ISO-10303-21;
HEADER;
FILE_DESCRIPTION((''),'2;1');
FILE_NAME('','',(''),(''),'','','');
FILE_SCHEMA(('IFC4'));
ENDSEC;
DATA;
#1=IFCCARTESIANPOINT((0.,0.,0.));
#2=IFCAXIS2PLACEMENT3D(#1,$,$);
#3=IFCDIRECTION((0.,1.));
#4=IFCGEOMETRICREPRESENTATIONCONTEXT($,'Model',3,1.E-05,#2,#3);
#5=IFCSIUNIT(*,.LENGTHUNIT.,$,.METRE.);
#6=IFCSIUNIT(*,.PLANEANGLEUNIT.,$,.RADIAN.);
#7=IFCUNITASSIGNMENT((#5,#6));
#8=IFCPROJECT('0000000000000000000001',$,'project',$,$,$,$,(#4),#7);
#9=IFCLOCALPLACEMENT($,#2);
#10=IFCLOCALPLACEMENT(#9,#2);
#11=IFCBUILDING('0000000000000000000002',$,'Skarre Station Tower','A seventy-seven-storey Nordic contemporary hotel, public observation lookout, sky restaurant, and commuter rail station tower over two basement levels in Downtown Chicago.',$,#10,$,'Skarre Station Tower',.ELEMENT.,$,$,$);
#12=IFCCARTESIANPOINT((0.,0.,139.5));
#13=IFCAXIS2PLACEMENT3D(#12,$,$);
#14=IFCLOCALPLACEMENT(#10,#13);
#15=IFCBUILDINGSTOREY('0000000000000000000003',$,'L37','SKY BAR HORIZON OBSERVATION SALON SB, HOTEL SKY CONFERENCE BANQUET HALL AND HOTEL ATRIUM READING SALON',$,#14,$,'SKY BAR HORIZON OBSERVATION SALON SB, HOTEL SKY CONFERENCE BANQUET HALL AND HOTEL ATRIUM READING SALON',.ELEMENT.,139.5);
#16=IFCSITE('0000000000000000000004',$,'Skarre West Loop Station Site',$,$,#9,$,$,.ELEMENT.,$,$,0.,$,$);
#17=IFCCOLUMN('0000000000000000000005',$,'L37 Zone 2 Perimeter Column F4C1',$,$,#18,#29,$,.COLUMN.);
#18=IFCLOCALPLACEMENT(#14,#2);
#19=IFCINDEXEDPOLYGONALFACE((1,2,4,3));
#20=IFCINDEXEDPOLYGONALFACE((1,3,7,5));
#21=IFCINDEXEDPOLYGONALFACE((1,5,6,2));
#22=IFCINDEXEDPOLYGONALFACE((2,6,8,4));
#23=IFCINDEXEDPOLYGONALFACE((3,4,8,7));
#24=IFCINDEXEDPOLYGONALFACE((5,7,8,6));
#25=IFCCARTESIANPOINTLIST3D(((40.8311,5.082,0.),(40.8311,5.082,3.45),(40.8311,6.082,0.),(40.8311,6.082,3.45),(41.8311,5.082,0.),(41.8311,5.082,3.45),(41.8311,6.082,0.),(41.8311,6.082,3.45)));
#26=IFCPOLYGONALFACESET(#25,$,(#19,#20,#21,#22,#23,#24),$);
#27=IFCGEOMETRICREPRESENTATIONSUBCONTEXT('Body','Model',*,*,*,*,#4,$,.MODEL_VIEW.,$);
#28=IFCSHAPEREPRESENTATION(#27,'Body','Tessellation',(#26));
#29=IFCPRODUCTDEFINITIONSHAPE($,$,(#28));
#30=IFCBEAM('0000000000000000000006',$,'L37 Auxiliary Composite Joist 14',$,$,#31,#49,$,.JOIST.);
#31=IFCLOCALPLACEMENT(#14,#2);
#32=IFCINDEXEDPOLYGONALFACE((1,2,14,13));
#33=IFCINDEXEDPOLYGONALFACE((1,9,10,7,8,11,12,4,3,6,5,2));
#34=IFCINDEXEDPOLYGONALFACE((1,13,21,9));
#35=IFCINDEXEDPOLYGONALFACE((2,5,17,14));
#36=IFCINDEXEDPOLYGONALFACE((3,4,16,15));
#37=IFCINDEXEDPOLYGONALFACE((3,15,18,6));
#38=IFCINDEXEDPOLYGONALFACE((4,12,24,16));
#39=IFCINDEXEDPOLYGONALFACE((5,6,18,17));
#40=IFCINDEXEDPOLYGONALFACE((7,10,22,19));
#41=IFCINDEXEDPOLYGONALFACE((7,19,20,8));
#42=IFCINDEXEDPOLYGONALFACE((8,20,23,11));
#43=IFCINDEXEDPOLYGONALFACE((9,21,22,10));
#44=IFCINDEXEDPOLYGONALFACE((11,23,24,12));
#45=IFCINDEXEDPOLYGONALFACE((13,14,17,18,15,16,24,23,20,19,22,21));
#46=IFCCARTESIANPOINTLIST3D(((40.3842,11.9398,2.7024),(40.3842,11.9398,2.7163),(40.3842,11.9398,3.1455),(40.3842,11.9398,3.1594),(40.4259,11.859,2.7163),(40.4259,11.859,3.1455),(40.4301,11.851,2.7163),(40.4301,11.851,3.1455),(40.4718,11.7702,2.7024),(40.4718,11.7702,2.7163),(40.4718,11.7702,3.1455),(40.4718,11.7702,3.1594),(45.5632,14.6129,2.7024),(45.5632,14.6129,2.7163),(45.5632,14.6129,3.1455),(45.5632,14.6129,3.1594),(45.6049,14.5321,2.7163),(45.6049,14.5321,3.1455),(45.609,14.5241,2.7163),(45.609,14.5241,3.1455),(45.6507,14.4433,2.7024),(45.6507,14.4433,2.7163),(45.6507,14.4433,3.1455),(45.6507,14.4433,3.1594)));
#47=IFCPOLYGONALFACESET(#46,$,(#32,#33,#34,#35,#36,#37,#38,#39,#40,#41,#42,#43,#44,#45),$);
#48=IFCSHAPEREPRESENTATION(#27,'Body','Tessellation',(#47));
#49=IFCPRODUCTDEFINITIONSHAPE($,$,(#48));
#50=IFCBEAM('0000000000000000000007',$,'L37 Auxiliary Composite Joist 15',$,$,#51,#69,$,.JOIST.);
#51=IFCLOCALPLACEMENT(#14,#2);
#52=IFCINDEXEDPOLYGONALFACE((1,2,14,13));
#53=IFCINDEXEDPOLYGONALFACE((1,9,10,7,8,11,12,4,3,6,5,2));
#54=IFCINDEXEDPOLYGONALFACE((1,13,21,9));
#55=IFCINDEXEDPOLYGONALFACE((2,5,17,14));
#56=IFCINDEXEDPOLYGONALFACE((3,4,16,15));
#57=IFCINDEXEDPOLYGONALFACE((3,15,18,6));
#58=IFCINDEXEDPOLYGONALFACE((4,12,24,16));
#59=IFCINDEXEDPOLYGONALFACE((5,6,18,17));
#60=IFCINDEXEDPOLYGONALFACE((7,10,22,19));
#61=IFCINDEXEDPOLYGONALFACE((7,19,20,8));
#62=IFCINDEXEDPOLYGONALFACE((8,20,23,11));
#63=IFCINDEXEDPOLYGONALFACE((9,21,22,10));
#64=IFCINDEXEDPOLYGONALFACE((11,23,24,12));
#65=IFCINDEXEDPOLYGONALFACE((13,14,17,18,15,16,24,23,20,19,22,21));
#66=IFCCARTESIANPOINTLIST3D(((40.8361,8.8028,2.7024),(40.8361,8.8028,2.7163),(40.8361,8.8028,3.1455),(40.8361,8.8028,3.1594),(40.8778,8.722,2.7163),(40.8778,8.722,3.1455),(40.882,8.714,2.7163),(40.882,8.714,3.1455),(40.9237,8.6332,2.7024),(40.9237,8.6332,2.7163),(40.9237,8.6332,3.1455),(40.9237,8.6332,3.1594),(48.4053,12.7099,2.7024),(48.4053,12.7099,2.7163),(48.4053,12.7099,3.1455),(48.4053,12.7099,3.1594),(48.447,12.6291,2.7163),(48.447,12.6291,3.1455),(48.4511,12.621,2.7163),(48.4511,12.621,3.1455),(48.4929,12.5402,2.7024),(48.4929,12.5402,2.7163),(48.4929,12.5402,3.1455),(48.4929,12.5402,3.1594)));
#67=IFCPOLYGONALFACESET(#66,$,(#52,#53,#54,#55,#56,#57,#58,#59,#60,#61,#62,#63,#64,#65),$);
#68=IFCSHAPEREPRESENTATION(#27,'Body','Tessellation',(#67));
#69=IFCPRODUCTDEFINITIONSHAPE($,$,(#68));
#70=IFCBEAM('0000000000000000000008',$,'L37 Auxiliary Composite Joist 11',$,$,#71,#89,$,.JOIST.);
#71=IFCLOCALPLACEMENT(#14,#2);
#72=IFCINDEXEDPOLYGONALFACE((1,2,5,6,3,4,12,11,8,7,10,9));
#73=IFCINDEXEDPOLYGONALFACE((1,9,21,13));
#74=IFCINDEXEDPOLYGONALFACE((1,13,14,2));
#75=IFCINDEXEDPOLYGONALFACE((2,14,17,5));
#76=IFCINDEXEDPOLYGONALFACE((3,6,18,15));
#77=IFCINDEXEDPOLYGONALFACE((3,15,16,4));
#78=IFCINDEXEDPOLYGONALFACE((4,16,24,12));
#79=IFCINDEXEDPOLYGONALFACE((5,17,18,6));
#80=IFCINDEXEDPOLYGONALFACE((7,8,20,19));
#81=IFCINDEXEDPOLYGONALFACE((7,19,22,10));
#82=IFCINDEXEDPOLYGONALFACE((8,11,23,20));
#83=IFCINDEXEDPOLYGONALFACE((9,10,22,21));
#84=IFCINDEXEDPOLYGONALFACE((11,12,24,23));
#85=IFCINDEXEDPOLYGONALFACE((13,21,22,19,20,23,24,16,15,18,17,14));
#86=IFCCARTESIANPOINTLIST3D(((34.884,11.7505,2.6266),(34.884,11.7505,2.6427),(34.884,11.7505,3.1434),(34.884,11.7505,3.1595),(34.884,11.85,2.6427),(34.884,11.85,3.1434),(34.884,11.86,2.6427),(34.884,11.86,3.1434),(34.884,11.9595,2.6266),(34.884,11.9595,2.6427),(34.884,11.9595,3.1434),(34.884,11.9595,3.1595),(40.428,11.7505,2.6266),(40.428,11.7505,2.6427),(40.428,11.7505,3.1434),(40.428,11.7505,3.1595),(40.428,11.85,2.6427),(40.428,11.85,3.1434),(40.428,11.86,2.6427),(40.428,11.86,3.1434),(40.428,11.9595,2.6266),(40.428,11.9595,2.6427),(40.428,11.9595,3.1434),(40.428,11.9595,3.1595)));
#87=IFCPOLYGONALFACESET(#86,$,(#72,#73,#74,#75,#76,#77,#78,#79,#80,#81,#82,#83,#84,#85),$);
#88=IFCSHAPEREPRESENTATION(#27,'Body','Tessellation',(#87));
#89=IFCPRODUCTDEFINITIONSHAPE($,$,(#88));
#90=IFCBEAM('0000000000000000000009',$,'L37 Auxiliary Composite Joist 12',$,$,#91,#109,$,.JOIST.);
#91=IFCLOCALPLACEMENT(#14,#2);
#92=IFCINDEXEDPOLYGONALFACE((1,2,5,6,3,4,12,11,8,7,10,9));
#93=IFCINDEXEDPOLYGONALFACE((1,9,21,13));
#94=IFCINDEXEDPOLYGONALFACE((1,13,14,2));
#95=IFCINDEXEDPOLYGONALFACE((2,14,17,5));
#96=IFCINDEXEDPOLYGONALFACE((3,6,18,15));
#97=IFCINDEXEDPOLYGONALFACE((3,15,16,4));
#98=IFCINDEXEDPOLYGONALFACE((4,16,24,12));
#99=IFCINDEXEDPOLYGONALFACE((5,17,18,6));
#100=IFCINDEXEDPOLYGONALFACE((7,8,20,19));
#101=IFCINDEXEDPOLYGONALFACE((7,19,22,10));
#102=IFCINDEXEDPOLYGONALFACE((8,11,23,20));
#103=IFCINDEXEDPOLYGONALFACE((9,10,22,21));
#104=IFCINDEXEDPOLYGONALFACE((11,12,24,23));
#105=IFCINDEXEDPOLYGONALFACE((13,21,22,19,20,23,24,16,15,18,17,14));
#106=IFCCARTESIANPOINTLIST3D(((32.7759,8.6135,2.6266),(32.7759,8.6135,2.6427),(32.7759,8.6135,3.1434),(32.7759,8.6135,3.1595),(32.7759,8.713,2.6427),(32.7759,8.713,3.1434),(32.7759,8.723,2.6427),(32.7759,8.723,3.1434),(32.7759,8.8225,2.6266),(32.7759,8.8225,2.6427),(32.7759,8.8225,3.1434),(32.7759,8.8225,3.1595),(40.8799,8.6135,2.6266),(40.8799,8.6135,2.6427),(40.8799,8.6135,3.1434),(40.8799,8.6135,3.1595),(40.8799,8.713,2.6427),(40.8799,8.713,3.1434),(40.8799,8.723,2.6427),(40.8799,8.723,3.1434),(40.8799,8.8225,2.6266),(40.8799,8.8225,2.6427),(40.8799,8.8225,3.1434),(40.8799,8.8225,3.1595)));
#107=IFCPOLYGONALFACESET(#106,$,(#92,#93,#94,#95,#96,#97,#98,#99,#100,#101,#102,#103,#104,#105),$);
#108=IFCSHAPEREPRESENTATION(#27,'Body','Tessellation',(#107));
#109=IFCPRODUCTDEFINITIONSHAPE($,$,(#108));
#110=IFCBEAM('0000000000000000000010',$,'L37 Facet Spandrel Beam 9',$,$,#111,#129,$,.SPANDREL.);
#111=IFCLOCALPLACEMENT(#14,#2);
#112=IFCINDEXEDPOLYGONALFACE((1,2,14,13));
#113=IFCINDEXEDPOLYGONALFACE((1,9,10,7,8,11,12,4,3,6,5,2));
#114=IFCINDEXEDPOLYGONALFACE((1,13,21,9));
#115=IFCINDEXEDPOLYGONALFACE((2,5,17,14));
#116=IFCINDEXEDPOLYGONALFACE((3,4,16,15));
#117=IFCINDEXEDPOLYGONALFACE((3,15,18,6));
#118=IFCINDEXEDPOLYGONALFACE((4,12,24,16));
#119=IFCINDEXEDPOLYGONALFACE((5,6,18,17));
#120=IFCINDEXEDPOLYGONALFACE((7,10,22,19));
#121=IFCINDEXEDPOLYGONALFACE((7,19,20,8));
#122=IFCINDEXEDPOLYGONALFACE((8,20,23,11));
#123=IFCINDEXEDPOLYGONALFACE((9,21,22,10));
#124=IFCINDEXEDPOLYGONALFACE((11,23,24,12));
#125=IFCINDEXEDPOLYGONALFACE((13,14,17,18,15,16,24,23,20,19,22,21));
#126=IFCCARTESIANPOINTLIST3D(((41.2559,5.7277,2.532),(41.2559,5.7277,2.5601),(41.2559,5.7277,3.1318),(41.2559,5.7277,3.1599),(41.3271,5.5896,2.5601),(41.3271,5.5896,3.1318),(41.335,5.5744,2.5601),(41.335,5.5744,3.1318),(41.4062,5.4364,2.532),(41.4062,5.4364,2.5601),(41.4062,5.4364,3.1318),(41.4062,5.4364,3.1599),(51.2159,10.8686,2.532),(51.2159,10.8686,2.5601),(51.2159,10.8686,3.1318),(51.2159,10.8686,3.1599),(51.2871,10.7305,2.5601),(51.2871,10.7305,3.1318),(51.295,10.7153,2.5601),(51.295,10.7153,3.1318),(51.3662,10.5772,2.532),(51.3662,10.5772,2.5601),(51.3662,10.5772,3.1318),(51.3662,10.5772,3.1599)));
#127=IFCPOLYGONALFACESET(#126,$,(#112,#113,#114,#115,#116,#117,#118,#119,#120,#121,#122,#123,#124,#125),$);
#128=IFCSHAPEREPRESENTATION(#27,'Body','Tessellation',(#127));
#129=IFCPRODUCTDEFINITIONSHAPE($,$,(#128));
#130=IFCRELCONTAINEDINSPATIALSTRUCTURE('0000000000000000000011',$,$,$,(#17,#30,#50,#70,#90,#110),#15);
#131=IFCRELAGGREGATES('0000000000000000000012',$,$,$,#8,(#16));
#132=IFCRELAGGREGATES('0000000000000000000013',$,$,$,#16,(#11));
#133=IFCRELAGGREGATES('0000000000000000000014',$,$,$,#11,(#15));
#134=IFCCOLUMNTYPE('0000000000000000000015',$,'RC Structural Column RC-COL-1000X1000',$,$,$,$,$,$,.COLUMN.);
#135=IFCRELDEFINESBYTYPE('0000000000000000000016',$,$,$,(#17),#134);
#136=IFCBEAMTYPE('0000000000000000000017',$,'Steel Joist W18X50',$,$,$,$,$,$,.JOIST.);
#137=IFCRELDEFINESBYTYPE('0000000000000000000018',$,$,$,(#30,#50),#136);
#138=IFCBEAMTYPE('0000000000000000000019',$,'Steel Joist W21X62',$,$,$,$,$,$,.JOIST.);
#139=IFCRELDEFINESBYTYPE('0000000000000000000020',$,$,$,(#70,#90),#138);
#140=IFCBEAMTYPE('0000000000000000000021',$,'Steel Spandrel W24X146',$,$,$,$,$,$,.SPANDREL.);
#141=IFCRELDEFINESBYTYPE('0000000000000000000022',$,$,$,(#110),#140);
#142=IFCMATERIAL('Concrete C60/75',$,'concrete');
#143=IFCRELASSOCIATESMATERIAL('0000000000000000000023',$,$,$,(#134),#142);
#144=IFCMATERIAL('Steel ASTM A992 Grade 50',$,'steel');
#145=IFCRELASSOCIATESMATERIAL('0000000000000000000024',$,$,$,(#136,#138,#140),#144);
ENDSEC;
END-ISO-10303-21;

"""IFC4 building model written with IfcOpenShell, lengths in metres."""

from ifc_helpers import new_model, si_unit, direction, frame, origin, origin_2d, place, context, subcontext, project, spatial, rectangle, i_section, extrude, material, material_profile, profile_set, type_object, element, save


model = new_model("IFC4")

# Units and contexts
model_context = context("Model", 3, precision=1e-05, world=origin(), true_north=direction((0.0, 1.0)))
body_context = subcontext(model_context, "Body", "Model", "MODEL_VIEW")
ifc_project = project(units=[si_unit("LENGTHUNIT", "METRE"), si_unit("PLANEANGLEUNIT", "RADIAN")], contexts=[model_context])

# Site, building, storey
site_placement = place(None, origin())
site = spatial("IfcSite", under=ifc_project, at=site_placement, Name="Skarre West Loop Station Site", CompositionType="ELEMENT", RefElevation=0.0)
building_placement = place(site_placement, origin())
building = spatial("IfcBuilding", under=site, at=building_placement, Name="Skarre Station Tower", Description="A seventy-seven-storey Nordic contemporary hotel, public observation lookout, sky restaurant, and commuter rail station tower over two basement levels in Downtown Chicago.", LongName="Skarre Station Tower", CompositionType="ELEMENT")
storey_placement = place(building_placement, frame((0.0, 0.0, 139.5)))
storey = spatial("IfcBuildingStorey", under=building, at=storey_placement, Name="L37", Description="SKY BAR HORIZON OBSERVATION SALON SB, HOTEL SKY CONFERENCE BANQUET HALL AND HOTEL ATRIUM READING SALON", LongName="SKY BAR HORIZON OBSERVATION SALON SB, HOTEL SKY CONFERENCE BANQUET HALL AND HOTEL ATRIUM READING SALON", CompositionType="ELEMENT", Elevation=139.5)

# Column
ifc_material_1 = material(Name="Concrete C60/75", Category="concrete")
ifc_material_profile_1 = material_profile(ifc_material_1, rectangle(XDim=1.0, YDim=1.0, at=origin_2d()), Name="Concrete C60/75")
ifc_profile_set_1 = profile_set([ifc_material_profile_1], Name="Concrete C60/75")
column_type = type_object("IfcColumnType", Name="RC Structural Column RC-COL-1000X1000", PredefinedType="COLUMN", material=ifc_profile_set_1)
column_placement = place(storey_placement, frame((41.3311, 5.582, 0.0), z_axis=(0.0, 0.0, 1.0), x_axis=(1.0, 0.0, 0.0)))
element("IfcColumn", 1, at=column_placement, inside=storey, type_object=column_type, Name="L37 Zone 2 Perimeter Column F4C1", PredefinedType="COLUMN", context=body_context, shape_type="SweptSolid", body=[
    extrude(rectangle(XDim=1.0, YDim=1.0, at=origin_2d()), origin(), (0.0, 0.0, 1.0), 3.45),
])

# Beams
ifc_material_2 = material(Name="Steel ASTM A992 Grade 50", Category="steel")
ifc_material_profile_2 = material_profile(ifc_material_2, i_section(OverallWidth=0.1909, OverallDepth=0.457, WebThickness=0.009, FlangeThickness=0.0139, at=origin_2d()), Name="Steel ASTM A992 Grade 50")
ifc_profile_set_2 = profile_set([ifc_material_profile_2], Name="Steel ASTM A992 Grade 50")
beam_type_1 = type_object("IfcBeamType", Name="Steel Joist W18X50", PredefinedType="JOIST", material=ifc_profile_set_2)
beam_1_placement = place(storey_placement, frame((40.428, 11.855, 2.9309), z_axis=(0.888615, 0.458655, 0.0), x_axis=(-0.458655, 0.888615, 0.0)))
element("IfcBeam", 2, at=beam_1_placement, inside=storey, type_object=beam_type_1, Name="L37 Auxiliary Composite Joist 14", PredefinedType="JOIST", context=body_context, shape_type="SweptSolid", body=[
    extrude(i_section(OverallWidth=0.1909, OverallDepth=0.457, WebThickness=0.009, FlangeThickness=0.0139, at=origin_2d()), origin(), (0.0, 0.0, 1.0), 5.8281),
])
beam_2_placement = place(storey_placement, frame((40.8799, 8.718, 2.9309), z_axis=(0.888604, 0.458676, 0.0), x_axis=(-0.458676, 0.888604, 0.0)))
element("IfcBeam", 3, at=beam_2_placement, inside=storey, type_object=beam_type_1, Name="L37 Auxiliary Composite Joist 15", PredefinedType="JOIST", context=body_context, shape_type="SweptSolid", body=[
    extrude(i_section(OverallWidth=0.1909, OverallDepth=0.457, WebThickness=0.009, FlangeThickness=0.0139, at=origin_2d()), origin(), (0.0, 0.0, 1.0), 8.5181),
])
ifc_material_profile_3 = material_profile(ifc_material_2, i_section(OverallWidth=0.209, OverallDepth=0.533, WebThickness=0.01, FlangeThickness=0.0161, at=origin_2d()), Name="Steel ASTM A992 Grade 50")
ifc_profile_set_3 = profile_set([ifc_material_profile_3], Name="Steel ASTM A992 Grade 50")
beam_type_2 = type_object("IfcBeamType", Name="Steel Joist W21X62", PredefinedType="JOIST", material=ifc_profile_set_3)
beam_3_placement = place(storey_placement, frame((34.884, 11.855, 2.8931), z_axis=(1.0, 0.0, 0.0), x_axis=(0.0, 1.0, 0.0)))
element("IfcBeam", 4, at=beam_3_placement, inside=storey, type_object=beam_type_2, Name="L37 Auxiliary Composite Joist 11", PredefinedType="JOIST", context=body_context, shape_type="SweptSolid", body=[
    extrude(i_section(OverallWidth=0.209, OverallDepth=0.533, WebThickness=0.01, FlangeThickness=0.0161, at=origin_2d()), origin(), (0.0, 0.0, 1.0), 5.5439),
])
beam_4_placement = place(storey_placement, frame((32.7759, 8.718, 2.8931), z_axis=(1.0, 0.0, 0.0), x_axis=(0.0, 1.0, 0.0)))
element("IfcBeam", 5, at=beam_4_placement, inside=storey, type_object=beam_type_2, Name="L37 Auxiliary Composite Joist 12", PredefinedType="JOIST", context=body_context, shape_type="SweptSolid", body=[
    extrude(i_section(OverallWidth=0.209, OverallDepth=0.533, WebThickness=0.01, FlangeThickness=0.0161, at=origin_2d()), origin(), (0.0, 0.0, 1.0), 8.104),
])
ifc_material_profile_4 = material_profile(ifc_material_2, i_section(OverallWidth=0.3279, OverallDepth=0.6279, WebThickness=0.0171, FlangeThickness=0.0281, at=origin_2d()), Name="Steel ASTM A992 Grade 50")
ifc_profile_set_4 = profile_set([ifc_material_profile_4], Name="Steel ASTM A992 Grade 50")
beam_type_3 = type_object("IfcBeamType", Name="Steel Spandrel W24X146", PredefinedType="SPANDREL", material=ifc_profile_set_4)
beam_5_placement = place(storey_placement, frame((41.3311, 5.582, 2.8459), z_axis=(0.888612, 0.45866, 0.0), x_axis=(-0.45866, 0.888612, 0.0)))
element("IfcBeam", 6, at=beam_5_placement, inside=storey, type_object=beam_type_3, Name="L37 Facet Spandrel Beam 9", PredefinedType="SPANDREL", context=body_context, shape_type="SweptSolid", body=[
    extrude(i_section(OverallWidth=0.3279, OverallDepth=0.6279, WebThickness=0.0171, FlangeThickness=0.0281, at=origin_2d()), origin(), (0.0, 0.0, 1.0), 11.2085),
])

save(model, "model.ifc")
